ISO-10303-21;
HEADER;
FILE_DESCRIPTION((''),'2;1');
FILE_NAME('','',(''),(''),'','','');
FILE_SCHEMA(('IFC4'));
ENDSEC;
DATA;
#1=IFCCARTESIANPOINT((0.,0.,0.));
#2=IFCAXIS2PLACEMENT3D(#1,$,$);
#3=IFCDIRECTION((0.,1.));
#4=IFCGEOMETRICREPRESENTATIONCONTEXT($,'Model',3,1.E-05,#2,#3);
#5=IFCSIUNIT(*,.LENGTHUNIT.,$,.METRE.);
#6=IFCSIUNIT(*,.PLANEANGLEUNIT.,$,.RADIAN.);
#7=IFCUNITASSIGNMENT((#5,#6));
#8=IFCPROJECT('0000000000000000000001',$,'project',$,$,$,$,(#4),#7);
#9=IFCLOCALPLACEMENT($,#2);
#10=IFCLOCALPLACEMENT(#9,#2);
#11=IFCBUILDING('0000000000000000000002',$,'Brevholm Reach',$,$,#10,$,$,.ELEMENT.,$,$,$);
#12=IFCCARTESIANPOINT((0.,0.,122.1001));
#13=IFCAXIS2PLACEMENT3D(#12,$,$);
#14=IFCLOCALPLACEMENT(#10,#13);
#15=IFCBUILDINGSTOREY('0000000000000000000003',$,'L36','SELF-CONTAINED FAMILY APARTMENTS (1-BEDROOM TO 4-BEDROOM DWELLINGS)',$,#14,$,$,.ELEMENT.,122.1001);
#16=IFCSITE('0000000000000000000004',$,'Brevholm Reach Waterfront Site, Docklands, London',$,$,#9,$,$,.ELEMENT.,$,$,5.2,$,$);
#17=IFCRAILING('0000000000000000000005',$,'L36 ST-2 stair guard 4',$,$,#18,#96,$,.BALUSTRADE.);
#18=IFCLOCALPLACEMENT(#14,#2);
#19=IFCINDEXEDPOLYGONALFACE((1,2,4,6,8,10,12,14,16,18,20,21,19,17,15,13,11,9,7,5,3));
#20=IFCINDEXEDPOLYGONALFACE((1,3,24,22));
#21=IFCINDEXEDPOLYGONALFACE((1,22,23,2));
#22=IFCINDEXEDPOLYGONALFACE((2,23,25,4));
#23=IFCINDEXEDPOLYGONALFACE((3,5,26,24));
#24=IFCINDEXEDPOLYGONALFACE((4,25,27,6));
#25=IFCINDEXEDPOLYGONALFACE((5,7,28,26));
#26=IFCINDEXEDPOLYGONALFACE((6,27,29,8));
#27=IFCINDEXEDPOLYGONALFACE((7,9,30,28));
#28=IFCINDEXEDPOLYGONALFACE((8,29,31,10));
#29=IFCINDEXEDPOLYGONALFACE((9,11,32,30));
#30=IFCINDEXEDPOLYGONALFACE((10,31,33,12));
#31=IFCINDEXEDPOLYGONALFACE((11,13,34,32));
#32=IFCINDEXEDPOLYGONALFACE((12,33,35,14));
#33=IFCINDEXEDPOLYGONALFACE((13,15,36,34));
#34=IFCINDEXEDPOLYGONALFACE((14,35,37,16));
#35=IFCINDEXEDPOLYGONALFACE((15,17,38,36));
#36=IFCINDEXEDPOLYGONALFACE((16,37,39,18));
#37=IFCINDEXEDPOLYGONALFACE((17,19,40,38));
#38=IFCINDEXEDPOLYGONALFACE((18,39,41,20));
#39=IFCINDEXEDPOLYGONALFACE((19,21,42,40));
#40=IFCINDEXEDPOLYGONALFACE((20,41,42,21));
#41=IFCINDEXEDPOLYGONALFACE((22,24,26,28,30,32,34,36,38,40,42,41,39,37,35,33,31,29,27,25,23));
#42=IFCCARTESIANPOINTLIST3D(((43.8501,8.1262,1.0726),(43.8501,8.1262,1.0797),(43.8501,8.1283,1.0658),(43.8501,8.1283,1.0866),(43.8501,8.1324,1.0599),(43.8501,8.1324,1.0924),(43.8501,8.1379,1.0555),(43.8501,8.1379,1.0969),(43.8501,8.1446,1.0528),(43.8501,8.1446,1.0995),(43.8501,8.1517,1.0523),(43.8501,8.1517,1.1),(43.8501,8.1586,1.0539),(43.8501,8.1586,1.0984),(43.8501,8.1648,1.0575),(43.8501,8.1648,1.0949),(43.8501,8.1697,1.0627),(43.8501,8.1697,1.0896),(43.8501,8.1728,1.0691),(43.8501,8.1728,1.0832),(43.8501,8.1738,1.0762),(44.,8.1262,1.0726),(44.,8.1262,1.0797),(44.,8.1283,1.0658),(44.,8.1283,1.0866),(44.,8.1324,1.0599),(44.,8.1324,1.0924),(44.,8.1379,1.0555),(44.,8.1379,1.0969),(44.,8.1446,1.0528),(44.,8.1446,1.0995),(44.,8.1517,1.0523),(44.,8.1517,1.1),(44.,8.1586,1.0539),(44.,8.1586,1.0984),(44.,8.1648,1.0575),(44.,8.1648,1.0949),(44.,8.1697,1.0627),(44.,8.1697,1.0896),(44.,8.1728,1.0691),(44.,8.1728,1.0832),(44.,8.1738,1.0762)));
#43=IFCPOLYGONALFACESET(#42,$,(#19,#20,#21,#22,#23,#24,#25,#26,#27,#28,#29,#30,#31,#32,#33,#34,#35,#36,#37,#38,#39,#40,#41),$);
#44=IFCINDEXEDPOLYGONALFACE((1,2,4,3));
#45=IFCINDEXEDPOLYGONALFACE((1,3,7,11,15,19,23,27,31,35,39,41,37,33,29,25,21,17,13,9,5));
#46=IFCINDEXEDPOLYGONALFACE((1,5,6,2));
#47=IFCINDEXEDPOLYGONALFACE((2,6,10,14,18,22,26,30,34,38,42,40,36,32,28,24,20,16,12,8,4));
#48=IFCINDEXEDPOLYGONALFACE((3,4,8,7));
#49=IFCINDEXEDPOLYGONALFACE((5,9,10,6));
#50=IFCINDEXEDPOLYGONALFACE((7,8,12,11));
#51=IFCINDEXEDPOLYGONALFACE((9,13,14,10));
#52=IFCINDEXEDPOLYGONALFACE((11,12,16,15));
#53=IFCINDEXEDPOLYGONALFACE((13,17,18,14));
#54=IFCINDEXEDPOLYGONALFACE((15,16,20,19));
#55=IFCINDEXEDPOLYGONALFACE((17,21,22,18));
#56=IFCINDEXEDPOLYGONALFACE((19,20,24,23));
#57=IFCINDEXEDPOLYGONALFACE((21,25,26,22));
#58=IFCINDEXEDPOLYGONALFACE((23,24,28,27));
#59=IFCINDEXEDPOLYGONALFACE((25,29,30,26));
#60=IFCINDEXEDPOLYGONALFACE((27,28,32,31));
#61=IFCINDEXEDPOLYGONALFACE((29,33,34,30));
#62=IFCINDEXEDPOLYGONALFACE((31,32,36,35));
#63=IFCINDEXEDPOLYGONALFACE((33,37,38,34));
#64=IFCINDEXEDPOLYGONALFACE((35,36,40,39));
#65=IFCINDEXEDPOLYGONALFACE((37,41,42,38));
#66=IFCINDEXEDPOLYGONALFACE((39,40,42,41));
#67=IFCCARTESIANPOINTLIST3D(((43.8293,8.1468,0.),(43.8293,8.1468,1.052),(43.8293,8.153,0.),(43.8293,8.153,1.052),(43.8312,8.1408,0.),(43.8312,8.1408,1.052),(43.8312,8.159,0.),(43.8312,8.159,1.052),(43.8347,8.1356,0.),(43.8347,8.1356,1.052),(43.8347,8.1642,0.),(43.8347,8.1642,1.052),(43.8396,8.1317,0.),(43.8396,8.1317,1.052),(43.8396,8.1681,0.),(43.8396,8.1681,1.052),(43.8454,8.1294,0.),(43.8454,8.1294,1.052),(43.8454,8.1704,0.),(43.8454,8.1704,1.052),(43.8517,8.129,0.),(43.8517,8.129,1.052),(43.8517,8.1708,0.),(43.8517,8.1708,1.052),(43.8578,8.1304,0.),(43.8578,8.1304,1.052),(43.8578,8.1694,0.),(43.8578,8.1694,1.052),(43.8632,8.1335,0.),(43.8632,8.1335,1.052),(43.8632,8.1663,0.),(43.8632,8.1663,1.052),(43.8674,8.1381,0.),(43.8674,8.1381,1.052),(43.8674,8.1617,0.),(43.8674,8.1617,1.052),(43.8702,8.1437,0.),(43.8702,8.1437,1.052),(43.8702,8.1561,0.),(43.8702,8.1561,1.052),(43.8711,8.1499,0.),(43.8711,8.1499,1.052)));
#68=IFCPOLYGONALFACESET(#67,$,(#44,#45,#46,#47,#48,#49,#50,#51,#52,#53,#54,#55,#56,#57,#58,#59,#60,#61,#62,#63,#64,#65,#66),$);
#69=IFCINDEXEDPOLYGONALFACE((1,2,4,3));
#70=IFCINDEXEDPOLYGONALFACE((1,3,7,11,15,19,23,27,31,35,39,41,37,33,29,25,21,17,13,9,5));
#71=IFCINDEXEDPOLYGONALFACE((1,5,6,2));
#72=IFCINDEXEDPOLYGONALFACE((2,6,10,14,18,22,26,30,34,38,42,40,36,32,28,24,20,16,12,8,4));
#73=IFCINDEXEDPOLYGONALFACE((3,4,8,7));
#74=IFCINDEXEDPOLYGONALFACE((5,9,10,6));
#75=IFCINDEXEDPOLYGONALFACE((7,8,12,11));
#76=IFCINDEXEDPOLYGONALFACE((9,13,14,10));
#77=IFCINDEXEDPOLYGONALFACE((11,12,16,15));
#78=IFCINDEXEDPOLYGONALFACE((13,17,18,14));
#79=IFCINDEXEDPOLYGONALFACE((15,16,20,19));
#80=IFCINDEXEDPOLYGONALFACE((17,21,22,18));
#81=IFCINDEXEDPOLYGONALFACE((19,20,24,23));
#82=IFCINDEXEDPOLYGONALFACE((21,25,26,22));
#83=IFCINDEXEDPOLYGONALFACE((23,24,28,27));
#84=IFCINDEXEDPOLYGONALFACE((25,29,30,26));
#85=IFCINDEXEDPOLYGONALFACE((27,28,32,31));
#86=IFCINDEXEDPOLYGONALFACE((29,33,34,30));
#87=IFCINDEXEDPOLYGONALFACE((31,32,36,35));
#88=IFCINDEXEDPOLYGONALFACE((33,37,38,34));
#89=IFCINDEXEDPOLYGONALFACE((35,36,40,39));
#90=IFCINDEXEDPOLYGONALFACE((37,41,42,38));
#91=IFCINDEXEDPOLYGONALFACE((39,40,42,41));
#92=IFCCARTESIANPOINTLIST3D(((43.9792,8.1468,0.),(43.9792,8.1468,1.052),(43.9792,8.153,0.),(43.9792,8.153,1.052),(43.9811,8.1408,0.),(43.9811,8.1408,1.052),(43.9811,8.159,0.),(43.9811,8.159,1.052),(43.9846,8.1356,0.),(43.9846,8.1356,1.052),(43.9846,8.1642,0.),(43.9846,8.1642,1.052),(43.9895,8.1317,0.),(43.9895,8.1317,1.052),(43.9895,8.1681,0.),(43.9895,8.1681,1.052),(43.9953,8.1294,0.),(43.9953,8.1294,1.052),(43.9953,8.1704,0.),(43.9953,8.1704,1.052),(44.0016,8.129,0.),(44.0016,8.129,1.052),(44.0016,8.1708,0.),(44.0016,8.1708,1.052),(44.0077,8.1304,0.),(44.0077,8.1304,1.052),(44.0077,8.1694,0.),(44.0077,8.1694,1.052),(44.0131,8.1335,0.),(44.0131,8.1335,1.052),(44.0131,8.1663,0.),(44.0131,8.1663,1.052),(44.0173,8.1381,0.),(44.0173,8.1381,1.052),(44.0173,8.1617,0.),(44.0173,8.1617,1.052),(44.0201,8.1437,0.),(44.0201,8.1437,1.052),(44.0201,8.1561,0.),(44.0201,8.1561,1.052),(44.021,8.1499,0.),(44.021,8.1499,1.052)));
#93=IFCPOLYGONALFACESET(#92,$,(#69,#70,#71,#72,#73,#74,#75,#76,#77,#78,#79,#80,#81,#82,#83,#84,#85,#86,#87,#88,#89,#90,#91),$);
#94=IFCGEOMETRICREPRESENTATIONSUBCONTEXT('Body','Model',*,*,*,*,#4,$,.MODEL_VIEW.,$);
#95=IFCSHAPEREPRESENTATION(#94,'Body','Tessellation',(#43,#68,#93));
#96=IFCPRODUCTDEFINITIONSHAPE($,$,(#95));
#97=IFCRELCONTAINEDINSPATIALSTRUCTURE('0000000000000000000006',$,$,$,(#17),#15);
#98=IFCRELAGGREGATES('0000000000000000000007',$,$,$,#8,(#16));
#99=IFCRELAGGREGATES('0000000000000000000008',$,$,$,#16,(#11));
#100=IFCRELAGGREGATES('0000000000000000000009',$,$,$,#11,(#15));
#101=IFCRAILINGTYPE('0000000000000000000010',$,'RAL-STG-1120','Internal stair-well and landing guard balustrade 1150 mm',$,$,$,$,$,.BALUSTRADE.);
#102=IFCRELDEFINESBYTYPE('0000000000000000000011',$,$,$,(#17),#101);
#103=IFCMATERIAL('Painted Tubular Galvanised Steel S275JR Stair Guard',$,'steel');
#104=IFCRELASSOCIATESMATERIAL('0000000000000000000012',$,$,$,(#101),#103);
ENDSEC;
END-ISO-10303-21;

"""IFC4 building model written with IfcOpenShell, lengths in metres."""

from ifc_helpers import new_model, si_unit, direction, frame, origin, origin_2d, place, context, subcontext, project, spatial, circle, extrude, material, type_object, element, save


model = new_model("IFC4")

# Units and contexts
model_context = context("Model", 3, precision=1e-05, world=origin(), true_north=direction((0.0, 1.0)))
body_context = subcontext(model_context, "Body", "Model", "MODEL_VIEW")
ifc_project = project(units=[si_unit("LENGTHUNIT", "METRE"), si_unit("PLANEANGLEUNIT", "RADIAN")], contexts=[model_context])

# Site, building, storey
site_placement = place(None, origin())
site = spatial("IfcSite", under=ifc_project, at=site_placement, Name="Brevholm Reach Waterfront Site, Docklands, London", CompositionType="ELEMENT", RefElevation=5.2)
building_placement = place(site_placement, origin())
building = spatial("IfcBuilding", under=site, at=building_placement, Name="Brevholm Reach", CompositionType="ELEMENT")
storey_placement = place(building_placement, frame((0.0, 0.0, 122.1001)))
storey = spatial("IfcBuildingStorey", under=building, at=storey_placement, Name="L36", Description="SELF-CONTAINED FAMILY APARTMENTS (1-BEDROOM TO 4-BEDROOM DWELLINGS)", CompositionType="ELEMENT", Elevation=122.1001)

# Railing
ifc_material_1 = material(Name="Painted Tubular Galvanised Steel S275JR Stair Guard", Category="steel")
railing_type_1 = type_object("IfcRailingType", Name="RAL-STG-1120", Description="Internal stair-well and landing guard balustrade 1150 mm", PredefinedType="BALUSTRADE", material=ifc_material_1)
railing_1_placement = place(storey_placement, frame((43.8501, 8.1499, 0.0)))
element("IfcRailing", 1, at=railing_1_placement, inside=storey, type_object=railing_type_1, Name="L36 ST-2 stair guard 4", PredefinedType="BALUSTRADE", context=body_context, shape_type="SweptSolid", body=[
    extrude(circle(Radius=0.0239, at=origin_2d()), frame((0.0, 0.0, 1.0762), z_axis=(1.0, 0.0, 0.0), x_axis=(0.0, 1.0, 0.0)), (0.0, 0.0, 1.0), 0.1499),
    extrude(circle(Radius=0.021, at=origin_2d()), origin(), (0.0, 0.0, 1.0), 1.052),
    extrude(circle(Radius=0.021, at=origin_2d()), frame((0.1499, 0.0, 0.0)), (0.0, 0.0, 1.0), 1.052),
])

save(model, "model.ifc")
